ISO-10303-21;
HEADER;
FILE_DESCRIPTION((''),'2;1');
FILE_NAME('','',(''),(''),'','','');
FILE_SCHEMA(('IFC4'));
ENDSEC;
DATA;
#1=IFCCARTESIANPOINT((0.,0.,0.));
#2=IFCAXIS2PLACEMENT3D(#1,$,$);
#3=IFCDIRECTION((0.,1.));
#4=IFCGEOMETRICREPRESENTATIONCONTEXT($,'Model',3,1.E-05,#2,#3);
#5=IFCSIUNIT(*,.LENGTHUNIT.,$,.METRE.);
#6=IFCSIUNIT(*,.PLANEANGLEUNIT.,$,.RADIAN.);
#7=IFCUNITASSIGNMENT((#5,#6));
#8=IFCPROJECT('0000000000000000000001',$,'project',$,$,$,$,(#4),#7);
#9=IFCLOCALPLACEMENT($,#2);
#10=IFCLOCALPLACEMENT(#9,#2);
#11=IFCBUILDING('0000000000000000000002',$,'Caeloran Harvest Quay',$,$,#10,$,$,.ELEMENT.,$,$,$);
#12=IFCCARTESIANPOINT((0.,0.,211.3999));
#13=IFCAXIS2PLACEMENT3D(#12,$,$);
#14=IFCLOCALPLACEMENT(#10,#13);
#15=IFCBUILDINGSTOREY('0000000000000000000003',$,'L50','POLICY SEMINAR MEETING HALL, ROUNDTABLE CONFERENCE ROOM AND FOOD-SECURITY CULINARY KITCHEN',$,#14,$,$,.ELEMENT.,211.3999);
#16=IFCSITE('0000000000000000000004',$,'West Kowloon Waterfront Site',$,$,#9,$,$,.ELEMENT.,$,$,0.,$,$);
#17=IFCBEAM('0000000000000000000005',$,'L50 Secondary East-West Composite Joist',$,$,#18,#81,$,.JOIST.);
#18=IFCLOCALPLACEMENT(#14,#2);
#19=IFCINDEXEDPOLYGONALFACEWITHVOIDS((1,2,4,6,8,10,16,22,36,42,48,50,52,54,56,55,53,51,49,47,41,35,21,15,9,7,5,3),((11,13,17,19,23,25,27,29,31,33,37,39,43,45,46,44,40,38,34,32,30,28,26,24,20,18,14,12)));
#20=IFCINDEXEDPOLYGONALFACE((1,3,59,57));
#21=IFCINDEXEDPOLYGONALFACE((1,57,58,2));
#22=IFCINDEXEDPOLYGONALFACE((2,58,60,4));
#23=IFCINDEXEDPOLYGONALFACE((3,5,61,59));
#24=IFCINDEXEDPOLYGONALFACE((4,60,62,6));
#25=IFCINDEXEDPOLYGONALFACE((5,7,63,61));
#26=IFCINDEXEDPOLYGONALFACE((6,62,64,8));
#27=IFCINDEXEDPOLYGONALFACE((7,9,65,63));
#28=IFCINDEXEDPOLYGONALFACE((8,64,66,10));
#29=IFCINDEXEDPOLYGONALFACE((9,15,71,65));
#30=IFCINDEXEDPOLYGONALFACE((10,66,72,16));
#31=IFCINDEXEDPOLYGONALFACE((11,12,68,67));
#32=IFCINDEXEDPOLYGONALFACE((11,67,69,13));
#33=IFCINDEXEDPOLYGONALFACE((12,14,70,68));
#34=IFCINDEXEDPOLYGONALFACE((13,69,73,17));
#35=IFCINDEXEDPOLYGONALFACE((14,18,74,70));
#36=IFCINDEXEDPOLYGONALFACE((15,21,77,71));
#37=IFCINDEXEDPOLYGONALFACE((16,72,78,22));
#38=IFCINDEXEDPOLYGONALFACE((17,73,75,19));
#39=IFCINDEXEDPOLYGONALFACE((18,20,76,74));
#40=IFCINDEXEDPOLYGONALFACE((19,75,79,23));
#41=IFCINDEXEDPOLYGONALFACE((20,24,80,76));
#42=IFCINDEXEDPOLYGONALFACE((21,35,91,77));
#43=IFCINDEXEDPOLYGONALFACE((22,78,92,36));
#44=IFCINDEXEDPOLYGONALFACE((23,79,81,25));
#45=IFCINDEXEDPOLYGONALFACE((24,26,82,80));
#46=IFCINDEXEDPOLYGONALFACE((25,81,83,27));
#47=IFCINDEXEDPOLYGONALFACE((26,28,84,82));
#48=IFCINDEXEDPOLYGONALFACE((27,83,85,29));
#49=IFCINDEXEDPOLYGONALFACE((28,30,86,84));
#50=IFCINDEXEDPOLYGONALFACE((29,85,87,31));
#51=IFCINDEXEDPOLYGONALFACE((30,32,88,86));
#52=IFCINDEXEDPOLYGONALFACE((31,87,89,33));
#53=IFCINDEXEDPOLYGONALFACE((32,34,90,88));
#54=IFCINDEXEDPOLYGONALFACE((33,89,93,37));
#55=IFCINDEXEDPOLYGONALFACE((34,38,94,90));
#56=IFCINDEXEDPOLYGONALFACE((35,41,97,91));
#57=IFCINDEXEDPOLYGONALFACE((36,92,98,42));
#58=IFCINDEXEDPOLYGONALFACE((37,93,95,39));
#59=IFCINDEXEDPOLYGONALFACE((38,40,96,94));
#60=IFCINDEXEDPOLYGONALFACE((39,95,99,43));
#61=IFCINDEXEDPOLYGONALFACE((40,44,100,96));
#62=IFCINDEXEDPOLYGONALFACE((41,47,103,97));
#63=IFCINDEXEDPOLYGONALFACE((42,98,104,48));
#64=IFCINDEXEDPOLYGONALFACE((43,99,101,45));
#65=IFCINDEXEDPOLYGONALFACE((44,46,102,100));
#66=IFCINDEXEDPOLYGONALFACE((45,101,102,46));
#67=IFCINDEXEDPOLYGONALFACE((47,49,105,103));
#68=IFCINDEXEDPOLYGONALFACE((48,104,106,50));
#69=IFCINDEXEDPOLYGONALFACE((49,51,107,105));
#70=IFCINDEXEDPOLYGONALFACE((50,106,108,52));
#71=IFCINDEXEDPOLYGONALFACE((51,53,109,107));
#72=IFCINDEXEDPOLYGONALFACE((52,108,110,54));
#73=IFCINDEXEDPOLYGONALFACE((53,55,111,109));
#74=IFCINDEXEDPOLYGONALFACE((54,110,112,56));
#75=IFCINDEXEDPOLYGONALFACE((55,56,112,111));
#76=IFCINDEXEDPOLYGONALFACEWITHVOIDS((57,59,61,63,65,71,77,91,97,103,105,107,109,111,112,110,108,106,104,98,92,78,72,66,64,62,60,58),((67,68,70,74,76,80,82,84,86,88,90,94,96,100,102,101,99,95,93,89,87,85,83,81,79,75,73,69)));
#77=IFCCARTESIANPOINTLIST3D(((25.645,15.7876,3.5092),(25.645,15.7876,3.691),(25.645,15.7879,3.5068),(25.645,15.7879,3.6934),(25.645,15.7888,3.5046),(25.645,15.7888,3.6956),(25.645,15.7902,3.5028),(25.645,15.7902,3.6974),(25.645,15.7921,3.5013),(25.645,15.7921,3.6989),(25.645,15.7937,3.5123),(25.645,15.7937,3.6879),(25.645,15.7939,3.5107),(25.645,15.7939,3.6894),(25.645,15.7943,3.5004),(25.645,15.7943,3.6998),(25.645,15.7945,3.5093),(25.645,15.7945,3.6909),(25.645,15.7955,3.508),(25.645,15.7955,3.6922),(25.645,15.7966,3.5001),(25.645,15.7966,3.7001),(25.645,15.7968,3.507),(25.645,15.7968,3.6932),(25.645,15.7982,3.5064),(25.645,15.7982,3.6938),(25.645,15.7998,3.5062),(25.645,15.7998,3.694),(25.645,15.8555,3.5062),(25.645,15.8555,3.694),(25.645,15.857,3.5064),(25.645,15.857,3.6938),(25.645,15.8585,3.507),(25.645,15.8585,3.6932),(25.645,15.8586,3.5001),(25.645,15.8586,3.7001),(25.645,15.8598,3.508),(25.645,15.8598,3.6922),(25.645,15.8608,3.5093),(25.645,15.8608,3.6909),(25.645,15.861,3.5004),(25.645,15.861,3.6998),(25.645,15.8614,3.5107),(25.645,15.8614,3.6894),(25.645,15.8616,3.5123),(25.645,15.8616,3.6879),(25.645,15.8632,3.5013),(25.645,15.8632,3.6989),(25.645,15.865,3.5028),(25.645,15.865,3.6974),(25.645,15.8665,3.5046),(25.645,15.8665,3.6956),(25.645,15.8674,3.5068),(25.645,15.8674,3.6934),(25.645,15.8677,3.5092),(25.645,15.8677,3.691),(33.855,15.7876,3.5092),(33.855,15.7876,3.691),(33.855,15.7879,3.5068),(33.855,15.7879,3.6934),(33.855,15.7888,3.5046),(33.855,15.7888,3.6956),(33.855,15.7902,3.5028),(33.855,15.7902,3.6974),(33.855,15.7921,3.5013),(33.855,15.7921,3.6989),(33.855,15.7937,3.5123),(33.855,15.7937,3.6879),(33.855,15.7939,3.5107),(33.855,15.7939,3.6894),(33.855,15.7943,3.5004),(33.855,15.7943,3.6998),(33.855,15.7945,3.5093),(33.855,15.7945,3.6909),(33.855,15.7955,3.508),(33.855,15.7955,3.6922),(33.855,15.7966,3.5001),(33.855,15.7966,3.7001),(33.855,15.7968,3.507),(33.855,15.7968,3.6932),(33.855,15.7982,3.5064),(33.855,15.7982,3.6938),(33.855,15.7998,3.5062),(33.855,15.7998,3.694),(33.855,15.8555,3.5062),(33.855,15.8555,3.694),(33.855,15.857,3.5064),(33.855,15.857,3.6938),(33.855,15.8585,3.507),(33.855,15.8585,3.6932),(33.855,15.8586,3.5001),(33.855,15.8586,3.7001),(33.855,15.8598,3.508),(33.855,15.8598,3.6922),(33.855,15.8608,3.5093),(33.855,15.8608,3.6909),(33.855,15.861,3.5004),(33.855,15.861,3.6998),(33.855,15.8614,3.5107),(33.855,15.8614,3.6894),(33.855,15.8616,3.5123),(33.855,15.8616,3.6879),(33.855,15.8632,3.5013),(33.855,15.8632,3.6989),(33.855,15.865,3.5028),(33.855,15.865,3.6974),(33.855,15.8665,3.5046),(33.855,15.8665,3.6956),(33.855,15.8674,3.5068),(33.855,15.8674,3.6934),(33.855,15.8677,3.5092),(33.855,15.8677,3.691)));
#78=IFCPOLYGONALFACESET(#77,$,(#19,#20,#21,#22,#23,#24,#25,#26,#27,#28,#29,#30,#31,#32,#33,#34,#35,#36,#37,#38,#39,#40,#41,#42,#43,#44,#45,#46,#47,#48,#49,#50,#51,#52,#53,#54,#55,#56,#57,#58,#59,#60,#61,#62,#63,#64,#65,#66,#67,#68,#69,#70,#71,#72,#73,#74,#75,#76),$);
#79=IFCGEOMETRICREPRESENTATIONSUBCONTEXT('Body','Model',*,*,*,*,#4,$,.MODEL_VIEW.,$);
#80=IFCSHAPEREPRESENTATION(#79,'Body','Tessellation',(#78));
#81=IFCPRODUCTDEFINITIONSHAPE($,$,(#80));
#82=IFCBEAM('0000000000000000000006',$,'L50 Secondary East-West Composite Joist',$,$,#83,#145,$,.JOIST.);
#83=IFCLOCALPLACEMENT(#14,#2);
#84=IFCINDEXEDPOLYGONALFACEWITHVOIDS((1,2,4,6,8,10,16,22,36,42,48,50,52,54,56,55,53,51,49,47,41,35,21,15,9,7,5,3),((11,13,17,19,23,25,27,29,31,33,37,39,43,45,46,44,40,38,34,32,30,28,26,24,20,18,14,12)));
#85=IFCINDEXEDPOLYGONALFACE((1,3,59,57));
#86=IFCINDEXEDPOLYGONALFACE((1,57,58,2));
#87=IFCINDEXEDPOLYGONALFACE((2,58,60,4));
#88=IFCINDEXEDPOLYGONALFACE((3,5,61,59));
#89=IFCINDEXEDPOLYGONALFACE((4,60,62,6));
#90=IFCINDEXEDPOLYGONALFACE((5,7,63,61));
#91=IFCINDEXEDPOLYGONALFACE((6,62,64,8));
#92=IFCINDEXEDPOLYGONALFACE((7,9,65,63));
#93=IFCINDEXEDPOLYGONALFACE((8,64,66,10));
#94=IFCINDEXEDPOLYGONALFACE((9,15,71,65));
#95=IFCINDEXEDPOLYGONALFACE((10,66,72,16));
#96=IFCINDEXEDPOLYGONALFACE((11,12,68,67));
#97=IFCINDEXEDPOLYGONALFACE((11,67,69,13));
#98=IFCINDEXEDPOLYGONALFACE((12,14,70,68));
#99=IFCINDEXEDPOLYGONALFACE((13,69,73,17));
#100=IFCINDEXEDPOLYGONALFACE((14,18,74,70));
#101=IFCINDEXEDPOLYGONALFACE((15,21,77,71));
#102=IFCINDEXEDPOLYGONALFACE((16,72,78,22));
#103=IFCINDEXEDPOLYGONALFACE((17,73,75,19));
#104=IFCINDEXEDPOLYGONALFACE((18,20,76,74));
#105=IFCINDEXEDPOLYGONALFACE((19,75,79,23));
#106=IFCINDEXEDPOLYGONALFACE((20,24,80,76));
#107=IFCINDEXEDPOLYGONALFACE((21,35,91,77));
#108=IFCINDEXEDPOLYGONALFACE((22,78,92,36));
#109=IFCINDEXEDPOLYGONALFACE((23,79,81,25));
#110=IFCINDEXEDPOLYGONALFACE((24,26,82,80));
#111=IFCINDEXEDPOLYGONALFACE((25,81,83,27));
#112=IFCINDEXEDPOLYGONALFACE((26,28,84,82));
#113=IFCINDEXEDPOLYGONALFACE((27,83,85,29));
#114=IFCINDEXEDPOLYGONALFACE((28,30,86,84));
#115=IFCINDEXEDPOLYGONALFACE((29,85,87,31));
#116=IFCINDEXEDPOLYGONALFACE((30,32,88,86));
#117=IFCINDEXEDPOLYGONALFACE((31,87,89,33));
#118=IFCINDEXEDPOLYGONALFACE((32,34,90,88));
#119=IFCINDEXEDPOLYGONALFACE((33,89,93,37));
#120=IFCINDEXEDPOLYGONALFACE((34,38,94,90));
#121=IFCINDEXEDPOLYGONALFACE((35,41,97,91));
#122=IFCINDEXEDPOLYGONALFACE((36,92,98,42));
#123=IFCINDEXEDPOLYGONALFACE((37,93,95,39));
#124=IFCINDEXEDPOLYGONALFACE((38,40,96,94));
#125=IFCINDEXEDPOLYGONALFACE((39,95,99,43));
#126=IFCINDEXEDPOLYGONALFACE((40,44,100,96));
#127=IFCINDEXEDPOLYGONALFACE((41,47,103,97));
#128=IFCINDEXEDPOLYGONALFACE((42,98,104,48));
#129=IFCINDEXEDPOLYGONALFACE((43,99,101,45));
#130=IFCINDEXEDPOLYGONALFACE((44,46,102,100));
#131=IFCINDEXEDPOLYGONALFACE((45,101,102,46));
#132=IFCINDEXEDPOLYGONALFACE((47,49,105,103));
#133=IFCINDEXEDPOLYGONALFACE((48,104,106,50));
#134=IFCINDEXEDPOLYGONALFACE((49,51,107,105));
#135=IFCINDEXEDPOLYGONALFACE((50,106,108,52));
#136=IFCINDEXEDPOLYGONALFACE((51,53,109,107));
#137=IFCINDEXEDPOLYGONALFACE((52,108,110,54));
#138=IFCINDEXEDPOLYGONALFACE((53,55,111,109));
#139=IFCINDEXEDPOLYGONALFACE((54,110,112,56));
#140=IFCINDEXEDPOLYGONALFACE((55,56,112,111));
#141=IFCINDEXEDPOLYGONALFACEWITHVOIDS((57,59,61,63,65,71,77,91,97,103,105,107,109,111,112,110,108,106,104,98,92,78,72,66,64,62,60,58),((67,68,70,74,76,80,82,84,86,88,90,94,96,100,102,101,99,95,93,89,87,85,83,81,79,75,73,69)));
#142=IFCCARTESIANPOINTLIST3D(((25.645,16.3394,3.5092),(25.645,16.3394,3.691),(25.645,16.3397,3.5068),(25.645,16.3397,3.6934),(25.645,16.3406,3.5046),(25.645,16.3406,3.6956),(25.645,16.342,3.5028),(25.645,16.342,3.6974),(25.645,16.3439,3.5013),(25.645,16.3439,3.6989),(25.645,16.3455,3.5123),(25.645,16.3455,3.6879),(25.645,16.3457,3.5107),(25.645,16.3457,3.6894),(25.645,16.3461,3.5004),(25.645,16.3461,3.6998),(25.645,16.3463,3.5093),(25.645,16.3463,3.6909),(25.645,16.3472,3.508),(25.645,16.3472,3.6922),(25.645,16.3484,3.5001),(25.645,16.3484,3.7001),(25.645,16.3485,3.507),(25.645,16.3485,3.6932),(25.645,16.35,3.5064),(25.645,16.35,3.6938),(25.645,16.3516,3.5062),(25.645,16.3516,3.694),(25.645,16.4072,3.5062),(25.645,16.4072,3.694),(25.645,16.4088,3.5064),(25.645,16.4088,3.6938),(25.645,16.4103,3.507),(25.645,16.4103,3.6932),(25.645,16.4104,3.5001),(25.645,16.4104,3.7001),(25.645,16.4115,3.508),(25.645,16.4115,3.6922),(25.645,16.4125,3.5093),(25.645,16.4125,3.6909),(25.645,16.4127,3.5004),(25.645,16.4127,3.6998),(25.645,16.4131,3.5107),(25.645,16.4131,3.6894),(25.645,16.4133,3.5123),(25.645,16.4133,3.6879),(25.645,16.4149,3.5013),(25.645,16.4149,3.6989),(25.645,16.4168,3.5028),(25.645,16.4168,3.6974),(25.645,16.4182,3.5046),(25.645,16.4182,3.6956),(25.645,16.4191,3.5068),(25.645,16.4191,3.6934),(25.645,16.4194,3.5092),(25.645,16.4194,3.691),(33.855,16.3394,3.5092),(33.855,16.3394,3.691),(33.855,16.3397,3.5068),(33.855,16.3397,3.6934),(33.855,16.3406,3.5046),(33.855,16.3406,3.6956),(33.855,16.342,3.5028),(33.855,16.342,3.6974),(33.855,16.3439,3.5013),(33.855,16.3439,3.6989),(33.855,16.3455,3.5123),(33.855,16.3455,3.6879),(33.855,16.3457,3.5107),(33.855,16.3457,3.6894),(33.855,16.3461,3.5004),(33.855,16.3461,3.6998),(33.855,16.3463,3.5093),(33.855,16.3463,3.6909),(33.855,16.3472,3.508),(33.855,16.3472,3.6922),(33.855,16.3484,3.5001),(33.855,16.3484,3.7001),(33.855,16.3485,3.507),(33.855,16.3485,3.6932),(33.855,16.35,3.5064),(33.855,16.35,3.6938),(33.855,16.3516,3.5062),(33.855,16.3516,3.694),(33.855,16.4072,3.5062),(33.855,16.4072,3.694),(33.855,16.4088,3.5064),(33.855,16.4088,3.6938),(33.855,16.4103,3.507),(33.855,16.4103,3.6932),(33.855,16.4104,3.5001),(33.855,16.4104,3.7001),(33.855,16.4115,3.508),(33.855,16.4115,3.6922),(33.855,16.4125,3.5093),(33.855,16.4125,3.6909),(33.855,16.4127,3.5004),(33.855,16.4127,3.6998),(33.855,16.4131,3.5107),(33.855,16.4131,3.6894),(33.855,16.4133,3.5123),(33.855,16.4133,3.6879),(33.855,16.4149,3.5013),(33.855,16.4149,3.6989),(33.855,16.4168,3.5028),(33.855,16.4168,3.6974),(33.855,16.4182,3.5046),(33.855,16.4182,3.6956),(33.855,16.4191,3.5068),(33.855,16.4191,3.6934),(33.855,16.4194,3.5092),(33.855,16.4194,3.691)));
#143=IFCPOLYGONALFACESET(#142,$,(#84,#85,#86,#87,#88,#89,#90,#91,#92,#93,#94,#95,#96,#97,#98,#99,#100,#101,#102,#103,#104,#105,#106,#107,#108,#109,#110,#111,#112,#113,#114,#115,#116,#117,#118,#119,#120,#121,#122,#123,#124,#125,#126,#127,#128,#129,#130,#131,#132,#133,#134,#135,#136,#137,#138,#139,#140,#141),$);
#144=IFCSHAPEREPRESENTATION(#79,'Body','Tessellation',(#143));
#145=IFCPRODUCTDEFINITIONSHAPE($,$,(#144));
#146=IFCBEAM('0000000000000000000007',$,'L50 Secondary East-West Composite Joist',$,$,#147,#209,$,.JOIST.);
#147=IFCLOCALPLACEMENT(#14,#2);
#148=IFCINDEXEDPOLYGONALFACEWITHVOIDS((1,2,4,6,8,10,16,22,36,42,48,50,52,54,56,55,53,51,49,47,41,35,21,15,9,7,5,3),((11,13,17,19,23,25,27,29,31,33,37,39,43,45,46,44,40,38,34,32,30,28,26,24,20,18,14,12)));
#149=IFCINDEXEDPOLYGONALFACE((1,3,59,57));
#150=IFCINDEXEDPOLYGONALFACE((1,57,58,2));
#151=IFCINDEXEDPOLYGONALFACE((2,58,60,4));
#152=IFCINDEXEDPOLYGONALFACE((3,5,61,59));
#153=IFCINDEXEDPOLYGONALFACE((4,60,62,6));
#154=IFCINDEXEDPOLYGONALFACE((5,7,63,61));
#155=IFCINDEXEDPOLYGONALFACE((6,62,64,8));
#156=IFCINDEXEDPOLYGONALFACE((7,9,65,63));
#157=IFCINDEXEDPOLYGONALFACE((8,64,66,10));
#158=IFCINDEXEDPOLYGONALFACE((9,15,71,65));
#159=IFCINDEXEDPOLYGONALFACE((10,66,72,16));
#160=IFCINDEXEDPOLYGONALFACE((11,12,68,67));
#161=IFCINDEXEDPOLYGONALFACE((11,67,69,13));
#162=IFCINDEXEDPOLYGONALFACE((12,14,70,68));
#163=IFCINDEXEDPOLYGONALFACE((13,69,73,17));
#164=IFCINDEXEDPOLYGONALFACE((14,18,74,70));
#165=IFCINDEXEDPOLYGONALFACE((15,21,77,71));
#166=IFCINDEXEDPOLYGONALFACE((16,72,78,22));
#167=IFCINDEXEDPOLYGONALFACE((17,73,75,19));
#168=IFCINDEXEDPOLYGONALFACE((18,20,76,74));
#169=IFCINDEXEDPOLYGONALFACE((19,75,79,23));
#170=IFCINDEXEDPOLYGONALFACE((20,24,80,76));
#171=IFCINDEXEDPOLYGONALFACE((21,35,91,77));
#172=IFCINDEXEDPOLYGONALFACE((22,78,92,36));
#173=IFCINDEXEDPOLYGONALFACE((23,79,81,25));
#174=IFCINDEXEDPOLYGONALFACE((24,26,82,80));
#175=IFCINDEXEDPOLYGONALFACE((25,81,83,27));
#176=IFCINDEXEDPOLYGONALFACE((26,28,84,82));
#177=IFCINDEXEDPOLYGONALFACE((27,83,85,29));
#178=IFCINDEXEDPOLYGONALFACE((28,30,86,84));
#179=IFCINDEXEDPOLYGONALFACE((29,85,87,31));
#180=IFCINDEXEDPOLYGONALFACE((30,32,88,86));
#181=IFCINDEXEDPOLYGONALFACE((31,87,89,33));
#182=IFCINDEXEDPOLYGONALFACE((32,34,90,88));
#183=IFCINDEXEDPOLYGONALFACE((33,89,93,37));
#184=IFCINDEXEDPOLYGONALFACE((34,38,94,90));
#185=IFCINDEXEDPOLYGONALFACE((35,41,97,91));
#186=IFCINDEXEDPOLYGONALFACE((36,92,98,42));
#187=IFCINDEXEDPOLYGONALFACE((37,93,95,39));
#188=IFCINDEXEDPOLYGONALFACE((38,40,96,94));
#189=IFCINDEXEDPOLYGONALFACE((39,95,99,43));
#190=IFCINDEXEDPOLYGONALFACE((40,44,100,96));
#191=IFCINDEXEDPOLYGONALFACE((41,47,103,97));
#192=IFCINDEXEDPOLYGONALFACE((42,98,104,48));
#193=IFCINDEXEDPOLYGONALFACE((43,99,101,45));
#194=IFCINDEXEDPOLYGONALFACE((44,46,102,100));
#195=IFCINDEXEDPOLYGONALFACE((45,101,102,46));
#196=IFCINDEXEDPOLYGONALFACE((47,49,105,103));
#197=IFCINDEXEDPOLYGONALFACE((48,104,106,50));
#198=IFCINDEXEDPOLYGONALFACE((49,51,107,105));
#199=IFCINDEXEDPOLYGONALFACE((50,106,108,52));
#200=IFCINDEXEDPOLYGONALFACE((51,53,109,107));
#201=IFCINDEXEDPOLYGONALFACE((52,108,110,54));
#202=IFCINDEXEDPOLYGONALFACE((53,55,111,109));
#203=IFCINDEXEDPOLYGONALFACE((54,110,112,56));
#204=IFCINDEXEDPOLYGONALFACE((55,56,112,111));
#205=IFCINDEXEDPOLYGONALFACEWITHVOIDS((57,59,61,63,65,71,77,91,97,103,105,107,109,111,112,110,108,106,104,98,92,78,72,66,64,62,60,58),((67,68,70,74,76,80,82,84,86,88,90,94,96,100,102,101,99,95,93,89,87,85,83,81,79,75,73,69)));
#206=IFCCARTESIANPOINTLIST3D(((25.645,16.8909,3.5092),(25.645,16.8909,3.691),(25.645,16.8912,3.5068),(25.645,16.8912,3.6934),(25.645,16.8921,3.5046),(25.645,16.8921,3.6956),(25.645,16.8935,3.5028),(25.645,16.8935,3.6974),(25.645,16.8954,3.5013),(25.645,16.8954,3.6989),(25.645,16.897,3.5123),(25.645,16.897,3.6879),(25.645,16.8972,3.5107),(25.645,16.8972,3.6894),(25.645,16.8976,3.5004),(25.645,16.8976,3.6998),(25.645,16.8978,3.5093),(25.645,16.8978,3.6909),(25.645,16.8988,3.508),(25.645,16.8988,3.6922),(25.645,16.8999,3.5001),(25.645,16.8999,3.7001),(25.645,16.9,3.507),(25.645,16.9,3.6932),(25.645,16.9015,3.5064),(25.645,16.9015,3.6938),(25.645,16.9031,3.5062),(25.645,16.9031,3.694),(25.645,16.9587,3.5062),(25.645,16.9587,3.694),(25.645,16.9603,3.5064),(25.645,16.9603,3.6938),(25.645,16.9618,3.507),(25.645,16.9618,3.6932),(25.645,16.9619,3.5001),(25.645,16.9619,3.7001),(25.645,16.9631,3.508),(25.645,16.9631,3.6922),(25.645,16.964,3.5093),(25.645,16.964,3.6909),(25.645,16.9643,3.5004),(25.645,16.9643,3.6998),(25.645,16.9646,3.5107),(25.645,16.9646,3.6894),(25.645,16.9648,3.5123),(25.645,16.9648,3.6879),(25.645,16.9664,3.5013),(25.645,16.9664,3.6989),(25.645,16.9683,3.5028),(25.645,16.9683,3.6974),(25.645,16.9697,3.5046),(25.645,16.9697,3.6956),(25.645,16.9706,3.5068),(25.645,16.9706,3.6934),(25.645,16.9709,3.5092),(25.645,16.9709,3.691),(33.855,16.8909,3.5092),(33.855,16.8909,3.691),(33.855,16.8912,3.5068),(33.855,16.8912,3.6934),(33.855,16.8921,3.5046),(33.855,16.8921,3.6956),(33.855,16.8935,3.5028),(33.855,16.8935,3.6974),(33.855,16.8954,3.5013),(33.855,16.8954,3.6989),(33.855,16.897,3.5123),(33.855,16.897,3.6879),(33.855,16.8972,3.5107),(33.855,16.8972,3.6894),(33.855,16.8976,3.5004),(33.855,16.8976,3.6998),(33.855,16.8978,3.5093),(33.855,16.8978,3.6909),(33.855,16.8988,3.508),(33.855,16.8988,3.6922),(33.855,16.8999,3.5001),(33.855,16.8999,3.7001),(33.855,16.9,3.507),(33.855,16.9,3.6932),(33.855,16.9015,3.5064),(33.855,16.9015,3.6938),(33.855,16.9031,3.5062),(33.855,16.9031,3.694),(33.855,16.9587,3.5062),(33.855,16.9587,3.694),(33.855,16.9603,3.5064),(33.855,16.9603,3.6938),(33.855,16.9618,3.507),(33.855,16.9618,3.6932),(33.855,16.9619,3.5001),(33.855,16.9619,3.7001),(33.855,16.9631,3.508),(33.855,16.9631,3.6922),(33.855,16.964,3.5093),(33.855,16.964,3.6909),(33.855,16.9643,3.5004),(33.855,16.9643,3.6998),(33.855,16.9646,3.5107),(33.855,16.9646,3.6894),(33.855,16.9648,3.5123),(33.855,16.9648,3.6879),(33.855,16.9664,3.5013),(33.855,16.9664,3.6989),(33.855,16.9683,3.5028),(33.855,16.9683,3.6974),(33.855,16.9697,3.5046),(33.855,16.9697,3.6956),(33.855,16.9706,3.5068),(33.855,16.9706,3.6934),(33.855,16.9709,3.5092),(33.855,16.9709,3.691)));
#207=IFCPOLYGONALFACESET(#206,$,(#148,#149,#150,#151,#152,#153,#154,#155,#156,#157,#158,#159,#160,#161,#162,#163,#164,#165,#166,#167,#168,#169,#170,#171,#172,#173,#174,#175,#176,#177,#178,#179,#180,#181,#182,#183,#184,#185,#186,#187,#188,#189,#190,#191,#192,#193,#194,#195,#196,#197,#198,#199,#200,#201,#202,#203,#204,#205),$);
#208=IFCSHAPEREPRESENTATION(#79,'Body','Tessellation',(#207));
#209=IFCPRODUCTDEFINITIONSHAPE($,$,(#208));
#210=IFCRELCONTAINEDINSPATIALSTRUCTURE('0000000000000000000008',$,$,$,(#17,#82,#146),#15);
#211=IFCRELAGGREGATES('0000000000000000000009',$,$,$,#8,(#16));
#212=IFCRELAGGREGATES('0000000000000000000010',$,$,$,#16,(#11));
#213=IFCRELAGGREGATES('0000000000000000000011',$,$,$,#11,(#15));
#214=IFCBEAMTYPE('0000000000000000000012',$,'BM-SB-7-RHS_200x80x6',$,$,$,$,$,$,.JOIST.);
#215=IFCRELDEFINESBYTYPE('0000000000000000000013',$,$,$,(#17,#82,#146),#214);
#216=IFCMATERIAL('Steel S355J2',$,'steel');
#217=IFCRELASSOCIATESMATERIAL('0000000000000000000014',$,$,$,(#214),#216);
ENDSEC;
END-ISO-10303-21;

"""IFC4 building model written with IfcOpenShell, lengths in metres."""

from ifc_helpers import new_model, si_unit, direction, frame, origin, origin_2d, place, context, subcontext, project, spatial, hollow_rectangle, extrude, material, material_profile, profile_set, type_object, element, save


model = new_model("IFC4")

# Units and contexts
model_context = context("Model", 3, precision=1e-05, world=origin(), true_north=direction((0.0, 1.0)))
body_context = subcontext(model_context, "Body", "Model", "MODEL_VIEW")
ifc_project = project(units=[si_unit("LENGTHUNIT", "METRE"), si_unit("PLANEANGLEUNIT", "RADIAN")], contexts=[model_context])

# Site, building, storey
site_placement = place(None, origin())
site = spatial("IfcSite", under=ifc_project, at=site_placement, Name="West Kowloon Waterfront Site", CompositionType="ELEMENT", RefElevation=0.0)
building_placement = place(site_placement, origin())
building = spatial("IfcBuilding", under=site, at=building_placement, Name="Caeloran Harvest Quay", CompositionType="ELEMENT")
storey_placement = place(building_placement, frame((0.0, 0.0, 211.3999)))
storey = spatial("IfcBuildingStorey", under=building, at=storey_placement, Name="L50", Description="POLICY SEMINAR MEETING HALL, ROUNDTABLE CONFERENCE ROOM AND FOOD-SECURITY CULINARY KITCHEN", CompositionType="ELEMENT", Elevation=211.3999)

# Beams
ifc_material_1 = material(Name="Steel S355J2", Category="steel")
ifc_material_profile_1 = material_profile(ifc_material_1, hollow_rectangle(XDim=0.0801, YDim=0.2, WallThickness=0.0061, InnerFilletRadius=0.0061, OuterFilletRadius=0.009, at=origin_2d()), Name="RHS 200x80x6")
ifc_profile_set_1 = profile_set([ifc_material_profile_1], Name="Steel S355J2")
beam_type_1 = type_object("IfcBeamType", Name="BM-SB-7-RHS_200x80x6", PredefinedType="JOIST", material=ifc_profile_set_1)
for number, where, z_axis, x_axis, name in (
    (1, (25.645, 15.8276, 3.6001), (1.0, 0.0, 0.0), (0.0, 1.0, 0.0), "L50 Secondary East-West Composite Joist"),
    (2, (25.645, 16.3794, 3.6001), (1.0, 0.0, 0.0), (0.0, 1.0, 0.0), "L50 Secondary East-West Composite Joist"),
    (3, (25.645, 16.9309, 3.6001), (1.0, 0.0, 0.0), (0.0, 1.0, 0.0), "L50 Secondary East-West Composite Joist"),
):
    element("IfcBeam", number, at=place(storey_placement, frame(where, z_axis=z_axis, x_axis=x_axis)), inside=storey, type_object=beam_type_1, Name=name, PredefinedType="JOIST", context=body_context, shape_type="SweptSolid", body=[
        extrude(hollow_rectangle(XDim=0.0801, YDim=0.2, WallThickness=0.0061, InnerFilletRadius=0.0061, OuterFilletRadius=0.009, at=origin_2d()), origin(), (0.0, 0.0, 1.0), 8.21),
    ])

save(model, "model.ifc")
